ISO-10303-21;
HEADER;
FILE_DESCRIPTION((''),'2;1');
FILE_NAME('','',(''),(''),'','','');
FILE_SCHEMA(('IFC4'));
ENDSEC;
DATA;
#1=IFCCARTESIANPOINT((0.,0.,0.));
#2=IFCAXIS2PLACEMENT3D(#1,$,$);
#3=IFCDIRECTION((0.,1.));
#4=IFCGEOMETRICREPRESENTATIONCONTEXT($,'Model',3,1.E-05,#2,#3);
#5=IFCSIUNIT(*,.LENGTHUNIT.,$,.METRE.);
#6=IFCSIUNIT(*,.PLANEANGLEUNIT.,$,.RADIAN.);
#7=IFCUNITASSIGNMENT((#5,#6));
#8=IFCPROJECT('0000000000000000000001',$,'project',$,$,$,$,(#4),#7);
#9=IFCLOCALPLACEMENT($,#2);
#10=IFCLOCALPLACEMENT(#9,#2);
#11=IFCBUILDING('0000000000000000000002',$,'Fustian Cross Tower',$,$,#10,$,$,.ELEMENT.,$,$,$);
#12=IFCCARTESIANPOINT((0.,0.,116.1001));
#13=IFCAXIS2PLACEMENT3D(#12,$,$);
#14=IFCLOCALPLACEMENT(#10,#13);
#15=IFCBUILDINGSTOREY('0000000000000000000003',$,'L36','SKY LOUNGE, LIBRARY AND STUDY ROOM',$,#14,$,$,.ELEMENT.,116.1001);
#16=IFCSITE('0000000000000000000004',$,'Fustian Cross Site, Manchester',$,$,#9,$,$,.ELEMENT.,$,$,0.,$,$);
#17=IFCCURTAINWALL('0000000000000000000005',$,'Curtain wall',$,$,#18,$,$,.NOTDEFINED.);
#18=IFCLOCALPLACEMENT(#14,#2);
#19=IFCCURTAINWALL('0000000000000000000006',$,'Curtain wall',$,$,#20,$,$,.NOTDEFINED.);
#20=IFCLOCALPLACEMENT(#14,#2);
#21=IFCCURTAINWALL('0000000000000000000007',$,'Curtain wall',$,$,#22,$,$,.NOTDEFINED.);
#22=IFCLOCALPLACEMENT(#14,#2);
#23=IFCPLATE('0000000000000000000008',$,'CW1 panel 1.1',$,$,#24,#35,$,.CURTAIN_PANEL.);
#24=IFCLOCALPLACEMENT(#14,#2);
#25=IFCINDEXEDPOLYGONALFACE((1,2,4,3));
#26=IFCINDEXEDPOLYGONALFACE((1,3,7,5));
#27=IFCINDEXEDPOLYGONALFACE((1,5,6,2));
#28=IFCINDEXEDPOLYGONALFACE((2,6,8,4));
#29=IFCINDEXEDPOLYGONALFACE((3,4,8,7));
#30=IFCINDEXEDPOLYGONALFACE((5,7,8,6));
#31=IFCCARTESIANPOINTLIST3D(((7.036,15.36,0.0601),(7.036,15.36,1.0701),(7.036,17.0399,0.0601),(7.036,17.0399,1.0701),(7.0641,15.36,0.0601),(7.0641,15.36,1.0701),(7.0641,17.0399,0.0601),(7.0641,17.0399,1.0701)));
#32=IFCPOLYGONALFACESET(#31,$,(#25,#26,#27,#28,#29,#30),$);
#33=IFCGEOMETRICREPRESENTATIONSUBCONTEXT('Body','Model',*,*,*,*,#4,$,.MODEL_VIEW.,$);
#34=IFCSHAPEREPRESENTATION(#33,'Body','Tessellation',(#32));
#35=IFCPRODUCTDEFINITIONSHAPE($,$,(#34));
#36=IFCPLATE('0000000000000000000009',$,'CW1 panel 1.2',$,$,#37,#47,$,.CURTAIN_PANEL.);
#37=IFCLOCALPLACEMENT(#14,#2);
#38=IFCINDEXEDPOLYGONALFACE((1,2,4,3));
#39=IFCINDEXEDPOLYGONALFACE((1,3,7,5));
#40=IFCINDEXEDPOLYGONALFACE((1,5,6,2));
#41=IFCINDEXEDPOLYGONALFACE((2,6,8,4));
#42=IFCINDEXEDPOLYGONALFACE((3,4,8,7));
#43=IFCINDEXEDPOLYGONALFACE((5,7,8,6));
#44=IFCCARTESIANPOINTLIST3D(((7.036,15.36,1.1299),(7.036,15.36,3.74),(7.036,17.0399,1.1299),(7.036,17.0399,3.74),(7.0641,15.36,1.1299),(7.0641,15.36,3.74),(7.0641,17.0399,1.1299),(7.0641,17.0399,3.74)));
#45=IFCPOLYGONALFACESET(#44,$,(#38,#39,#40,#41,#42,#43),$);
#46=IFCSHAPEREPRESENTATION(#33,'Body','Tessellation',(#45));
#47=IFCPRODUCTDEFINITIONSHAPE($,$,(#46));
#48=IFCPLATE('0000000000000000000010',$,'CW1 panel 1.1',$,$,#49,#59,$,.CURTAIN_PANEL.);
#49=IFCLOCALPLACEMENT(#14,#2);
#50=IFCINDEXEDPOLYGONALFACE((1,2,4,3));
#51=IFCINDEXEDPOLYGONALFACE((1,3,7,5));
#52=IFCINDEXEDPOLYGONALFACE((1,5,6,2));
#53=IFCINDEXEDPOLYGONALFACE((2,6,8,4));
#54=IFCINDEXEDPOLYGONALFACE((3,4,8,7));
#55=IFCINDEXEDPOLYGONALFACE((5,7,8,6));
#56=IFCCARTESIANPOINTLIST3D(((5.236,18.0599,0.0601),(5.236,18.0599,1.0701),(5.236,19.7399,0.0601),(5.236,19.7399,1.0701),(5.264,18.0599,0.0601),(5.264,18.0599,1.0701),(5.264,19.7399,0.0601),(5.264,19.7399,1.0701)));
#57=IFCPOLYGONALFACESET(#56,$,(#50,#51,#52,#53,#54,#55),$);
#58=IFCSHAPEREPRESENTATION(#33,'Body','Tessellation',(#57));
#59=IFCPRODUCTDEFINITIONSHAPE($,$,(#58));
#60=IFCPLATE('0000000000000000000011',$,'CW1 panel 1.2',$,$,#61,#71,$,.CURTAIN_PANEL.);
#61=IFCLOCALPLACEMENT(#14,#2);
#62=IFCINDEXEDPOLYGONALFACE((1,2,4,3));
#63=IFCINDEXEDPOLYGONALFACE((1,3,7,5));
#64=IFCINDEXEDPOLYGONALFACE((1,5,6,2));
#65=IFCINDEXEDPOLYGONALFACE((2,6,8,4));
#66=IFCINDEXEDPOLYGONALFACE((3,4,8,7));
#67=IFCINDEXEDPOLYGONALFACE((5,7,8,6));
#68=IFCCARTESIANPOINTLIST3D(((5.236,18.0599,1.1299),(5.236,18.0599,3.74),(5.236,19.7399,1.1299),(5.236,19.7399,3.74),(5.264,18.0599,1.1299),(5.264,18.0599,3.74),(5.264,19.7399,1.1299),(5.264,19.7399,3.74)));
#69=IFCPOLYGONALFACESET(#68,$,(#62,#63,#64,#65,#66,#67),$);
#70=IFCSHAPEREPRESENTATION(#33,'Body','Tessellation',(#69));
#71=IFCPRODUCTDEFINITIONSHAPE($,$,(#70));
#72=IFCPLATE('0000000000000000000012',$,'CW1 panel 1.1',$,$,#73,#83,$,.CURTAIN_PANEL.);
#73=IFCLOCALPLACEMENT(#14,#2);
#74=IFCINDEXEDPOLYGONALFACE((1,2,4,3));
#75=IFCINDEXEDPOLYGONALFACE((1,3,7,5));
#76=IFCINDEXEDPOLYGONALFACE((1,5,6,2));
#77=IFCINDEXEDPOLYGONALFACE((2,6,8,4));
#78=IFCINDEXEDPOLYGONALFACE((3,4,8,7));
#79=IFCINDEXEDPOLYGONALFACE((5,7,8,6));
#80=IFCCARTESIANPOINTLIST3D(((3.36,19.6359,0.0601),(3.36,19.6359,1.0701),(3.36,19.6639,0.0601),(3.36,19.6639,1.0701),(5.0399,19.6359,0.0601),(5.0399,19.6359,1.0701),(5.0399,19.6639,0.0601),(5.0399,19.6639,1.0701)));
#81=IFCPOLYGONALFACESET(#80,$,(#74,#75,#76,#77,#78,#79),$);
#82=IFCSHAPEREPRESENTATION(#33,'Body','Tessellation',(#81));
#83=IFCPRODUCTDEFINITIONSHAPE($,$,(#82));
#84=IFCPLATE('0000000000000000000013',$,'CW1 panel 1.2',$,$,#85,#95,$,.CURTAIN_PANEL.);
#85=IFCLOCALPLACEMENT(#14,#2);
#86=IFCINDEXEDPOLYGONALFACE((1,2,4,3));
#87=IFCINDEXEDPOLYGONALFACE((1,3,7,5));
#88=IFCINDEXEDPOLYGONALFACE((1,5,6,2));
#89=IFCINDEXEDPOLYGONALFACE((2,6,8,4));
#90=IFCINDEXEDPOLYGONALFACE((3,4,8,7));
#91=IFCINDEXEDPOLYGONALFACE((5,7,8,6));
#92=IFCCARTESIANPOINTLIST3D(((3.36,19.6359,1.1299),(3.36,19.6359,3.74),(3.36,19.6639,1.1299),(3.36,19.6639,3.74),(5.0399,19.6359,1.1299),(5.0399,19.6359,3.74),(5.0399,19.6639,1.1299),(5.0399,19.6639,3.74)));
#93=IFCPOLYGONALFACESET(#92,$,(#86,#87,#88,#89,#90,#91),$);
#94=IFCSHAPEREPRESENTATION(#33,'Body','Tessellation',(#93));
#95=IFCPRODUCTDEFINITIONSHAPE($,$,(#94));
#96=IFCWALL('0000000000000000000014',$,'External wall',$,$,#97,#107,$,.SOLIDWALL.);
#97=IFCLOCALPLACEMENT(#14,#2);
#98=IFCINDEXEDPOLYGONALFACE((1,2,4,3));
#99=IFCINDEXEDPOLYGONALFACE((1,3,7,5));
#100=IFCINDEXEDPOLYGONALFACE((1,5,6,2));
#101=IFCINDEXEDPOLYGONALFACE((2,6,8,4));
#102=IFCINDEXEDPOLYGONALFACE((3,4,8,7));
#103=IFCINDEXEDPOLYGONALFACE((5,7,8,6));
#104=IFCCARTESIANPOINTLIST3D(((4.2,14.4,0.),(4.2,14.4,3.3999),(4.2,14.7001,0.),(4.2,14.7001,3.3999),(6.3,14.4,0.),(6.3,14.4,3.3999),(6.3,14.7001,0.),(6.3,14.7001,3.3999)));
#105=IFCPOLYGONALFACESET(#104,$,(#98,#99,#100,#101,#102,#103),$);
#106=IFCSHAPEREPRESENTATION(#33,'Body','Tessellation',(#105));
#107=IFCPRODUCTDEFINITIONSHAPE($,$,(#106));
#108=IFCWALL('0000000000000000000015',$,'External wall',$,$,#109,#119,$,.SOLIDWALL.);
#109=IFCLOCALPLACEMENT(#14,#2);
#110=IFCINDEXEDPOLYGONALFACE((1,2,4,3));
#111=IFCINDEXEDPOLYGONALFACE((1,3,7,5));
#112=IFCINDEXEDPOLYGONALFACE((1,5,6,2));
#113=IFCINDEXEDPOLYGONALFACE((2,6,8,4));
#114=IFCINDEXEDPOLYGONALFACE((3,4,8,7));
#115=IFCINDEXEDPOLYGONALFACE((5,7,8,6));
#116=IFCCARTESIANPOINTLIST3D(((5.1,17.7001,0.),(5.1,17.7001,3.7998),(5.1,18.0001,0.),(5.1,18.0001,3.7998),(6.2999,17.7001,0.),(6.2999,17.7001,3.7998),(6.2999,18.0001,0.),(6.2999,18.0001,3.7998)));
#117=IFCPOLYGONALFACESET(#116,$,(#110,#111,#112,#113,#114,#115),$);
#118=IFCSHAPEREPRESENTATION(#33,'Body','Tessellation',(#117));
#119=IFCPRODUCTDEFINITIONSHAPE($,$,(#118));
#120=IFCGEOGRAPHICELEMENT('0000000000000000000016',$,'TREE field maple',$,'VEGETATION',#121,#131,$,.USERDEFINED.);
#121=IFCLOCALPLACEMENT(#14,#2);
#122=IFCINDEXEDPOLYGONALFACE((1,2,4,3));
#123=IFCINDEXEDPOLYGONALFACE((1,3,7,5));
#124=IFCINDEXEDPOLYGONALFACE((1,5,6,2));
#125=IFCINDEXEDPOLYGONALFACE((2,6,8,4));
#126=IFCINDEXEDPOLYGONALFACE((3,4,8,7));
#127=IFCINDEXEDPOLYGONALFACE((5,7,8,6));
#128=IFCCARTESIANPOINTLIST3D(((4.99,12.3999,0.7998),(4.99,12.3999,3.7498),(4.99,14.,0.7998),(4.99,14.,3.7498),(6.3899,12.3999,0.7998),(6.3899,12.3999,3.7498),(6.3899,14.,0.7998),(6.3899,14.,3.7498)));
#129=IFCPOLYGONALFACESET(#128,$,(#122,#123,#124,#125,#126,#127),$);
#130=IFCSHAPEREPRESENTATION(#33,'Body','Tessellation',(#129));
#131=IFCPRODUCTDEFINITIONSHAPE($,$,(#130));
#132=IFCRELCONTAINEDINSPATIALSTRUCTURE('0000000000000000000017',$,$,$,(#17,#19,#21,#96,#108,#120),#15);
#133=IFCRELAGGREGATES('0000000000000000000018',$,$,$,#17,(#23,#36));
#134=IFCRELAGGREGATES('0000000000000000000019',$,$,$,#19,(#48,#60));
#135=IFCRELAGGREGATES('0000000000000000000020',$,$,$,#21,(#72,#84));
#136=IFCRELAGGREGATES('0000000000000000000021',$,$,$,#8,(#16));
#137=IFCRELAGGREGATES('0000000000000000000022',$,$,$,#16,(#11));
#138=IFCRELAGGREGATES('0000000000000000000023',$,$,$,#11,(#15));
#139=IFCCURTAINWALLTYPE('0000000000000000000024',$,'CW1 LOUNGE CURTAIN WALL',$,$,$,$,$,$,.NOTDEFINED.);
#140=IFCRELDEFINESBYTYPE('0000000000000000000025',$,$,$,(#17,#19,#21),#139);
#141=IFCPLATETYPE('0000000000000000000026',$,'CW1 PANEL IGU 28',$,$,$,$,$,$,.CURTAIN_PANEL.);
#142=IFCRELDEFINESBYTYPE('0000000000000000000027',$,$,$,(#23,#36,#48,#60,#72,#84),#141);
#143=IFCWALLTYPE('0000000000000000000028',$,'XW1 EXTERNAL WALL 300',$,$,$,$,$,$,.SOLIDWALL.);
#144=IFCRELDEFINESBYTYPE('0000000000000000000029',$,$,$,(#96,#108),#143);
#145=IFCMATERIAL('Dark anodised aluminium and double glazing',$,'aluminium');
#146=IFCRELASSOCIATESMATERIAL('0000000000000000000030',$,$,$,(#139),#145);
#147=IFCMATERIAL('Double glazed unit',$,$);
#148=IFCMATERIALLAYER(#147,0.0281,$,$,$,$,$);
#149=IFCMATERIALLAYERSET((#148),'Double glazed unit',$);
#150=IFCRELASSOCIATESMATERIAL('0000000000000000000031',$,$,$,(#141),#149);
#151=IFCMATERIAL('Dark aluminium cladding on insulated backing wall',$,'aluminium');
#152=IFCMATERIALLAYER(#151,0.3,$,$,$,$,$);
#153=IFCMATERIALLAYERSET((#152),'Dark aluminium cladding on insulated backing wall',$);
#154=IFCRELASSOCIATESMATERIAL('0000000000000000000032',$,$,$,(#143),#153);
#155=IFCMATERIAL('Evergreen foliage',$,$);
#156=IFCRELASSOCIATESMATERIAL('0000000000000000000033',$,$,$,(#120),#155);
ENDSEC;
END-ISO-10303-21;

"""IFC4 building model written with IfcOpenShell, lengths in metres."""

from ifc_helpers import new_model, si_unit, direction, frame, frame_2d, origin, origin_2d, place, context, subcontext, project, spatial, rectangle, extrude, material, layer, layer_set, type_object, element, aggregate, save


model = new_model("IFC4")

# Units and contexts
model_context = context("Model", 3, precision=1e-05, world=origin(), true_north=direction((0.0, 1.0)))
body_context = subcontext(model_context, "Body", "Model", "MODEL_VIEW")
ifc_project = project(units=[si_unit("LENGTHUNIT", "METRE"), si_unit("PLANEANGLEUNIT", "RADIAN")], contexts=[model_context])

# Site, building, storey
site_placement = place(None, origin())
site = spatial("IfcSite", under=ifc_project, at=site_placement, Name="Fustian Cross Site, Manchester", CompositionType="ELEMENT", RefElevation=0.0)
building_placement = place(site_placement, origin())
building = spatial("IfcBuilding", under=site, at=building_placement, Name="Fustian Cross Tower", CompositionType="ELEMENT")
storey_placement = place(building_placement, frame((0.0, 0.0, 116.1001)))
storey = spatial("IfcBuildingStorey", under=building, at=storey_placement, Name="L36", Description="SKY LOUNGE, LIBRARY AND STUDY ROOM", CompositionType="ELEMENT", Elevation=116.1001)

# Curtain wall
ifc_material_1 = material(Name="Dark anodised aluminium and double glazing", Category="aluminium")
curtain_wall_type = type_object("IfcCurtainWallType", Name="CW1 LOUNGE CURTAIN WALL", PredefinedType="NOTDEFINED", material=ifc_material_1)
curtain_wall_1_placement = place(storey_placement, origin())
curtain_wall_1 = element("IfcCurtainWall", 1, at=curtain_wall_1_placement, inside=storey, type_object=curtain_wall_type, Name="Curtain wall", PredefinedType="NOTDEFINED")

# Curtain walls
curtain_wall_2_placement = place(storey_placement, origin())
curtain_wall_2 = element("IfcCurtainWall", 2, at=curtain_wall_2_placement, inside=storey, type_object=curtain_wall_type, Name="Curtain wall", PredefinedType="NOTDEFINED")
curtain_wall_3_placement = place(storey_placement, origin())
curtain_wall_3 = element("IfcCurtainWall", 3, at=curtain_wall_3_placement, inside=storey, type_object=curtain_wall_type, Name="Curtain wall", PredefinedType="NOTDEFINED")

# Plates
ifc_material_2 = material(Name="Double glazed unit")
ifc_layer_1 = layer(ifc_material_2, 0.0281)
ifc_layer_set_1 = layer_set([ifc_layer_1], Name="Double glazed unit")
plate_type = type_object("IfcPlateType", Name="CW1 PANEL IGU 28", PredefinedType="CURTAIN_PANEL", material=ifc_layer_set_1)
plate_1_placement = place(storey_placement, frame((7.05, 16.2, 0.0601), z_axis=(0.0, 0.0, 1.0), x_axis=(0.0, 1.0, 0.0)))
plate_1 = element("IfcPlate", 4, at=plate_1_placement, type_object=plate_type, Name="CW1 panel 1.1", PredefinedType="CURTAIN_PANEL", context=body_context, shape_type="SweptSolid", body=[
    extrude(rectangle(XDim=1.6799, YDim=0.0281, at=origin_2d()), origin(), (0.0, 0.0, 1.0), 1.01),
])
plate_2_placement = place(storey_placement, frame((7.05, 16.2, 1.1299), z_axis=(0.0, 0.0, 1.0), x_axis=(0.0, 1.0, 0.0)))
plate_2 = element("IfcPlate", 5, at=plate_2_placement, type_object=plate_type, Name="CW1 panel 1.2", PredefinedType="CURTAIN_PANEL", context=body_context, shape_type="SweptSolid", body=[
    extrude(rectangle(XDim=1.6799, YDim=0.0281, at=origin_2d()), origin(), (0.0, 0.0, 1.0), 2.6101),
])
aggregate(curtain_wall_1, [plate_1, plate_2])
plate_3_placement = place(storey_placement, frame((5.25, 18.8999, 0.0601), z_axis=(0.0, 0.0, 1.0), x_axis=(0.0, 1.0, 0.0)))
plate_3 = element("IfcPlate", 6, at=plate_3_placement, type_object=plate_type, Name="CW1 panel 1.1", PredefinedType="CURTAIN_PANEL", context=body_context, shape_type="SweptSolid", body=[
    extrude(rectangle(XDim=1.6799, YDim=0.0281, at=origin_2d()), origin(), (0.0, 0.0, 1.0), 1.01),
])
plate_4_placement = place(storey_placement, frame((5.25, 18.8999, 1.1299), z_axis=(0.0, 0.0, 1.0), x_axis=(0.0, 1.0, 0.0)))
plate_4 = element("IfcPlate", 7, at=plate_4_placement, type_object=plate_type, Name="CW1 panel 1.2", PredefinedType="CURTAIN_PANEL", context=body_context, shape_type="SweptSolid", body=[
    extrude(rectangle(XDim=1.6799, YDim=0.0281, at=origin_2d()), origin(), (0.0, 0.0, 1.0), 2.6101),
])
aggregate(curtain_wall_2, [plate_3, plate_4])
plate_5_placement = place(storey_placement, frame((4.2, 19.6499, 0.0601), z_axis=(0.0, 0.0, 1.0), x_axis=(-1.0, 0.0, 0.0)))
plate_5 = element("IfcPlate", 8, at=plate_5_placement, type_object=plate_type, Name="CW1 panel 1.1", PredefinedType="CURTAIN_PANEL", context=body_context, shape_type="SweptSolid", body=[
    extrude(rectangle(XDim=1.6799, YDim=0.0281, at=origin_2d()), origin(), (0.0, 0.0, 1.0), 1.01),
])
plate_6_placement = place(storey_placement, frame((4.2, 19.6499, 1.1299), z_axis=(0.0, 0.0, 1.0), x_axis=(-1.0, 0.0, 0.0)))
plate_6 = element("IfcPlate", 9, at=plate_6_placement, type_object=plate_type, Name="CW1 panel 1.2", PredefinedType="CURTAIN_PANEL", context=body_context, shape_type="SweptSolid", body=[
    extrude(rectangle(XDim=1.6799, YDim=0.0281, at=origin_2d()), origin(), (0.0, 0.0, 1.0), 2.6101),
])
aggregate(curtain_wall_3, [plate_5, plate_6])

# Walls
ifc_material_3 = material(Name="Dark aluminium cladding on insulated backing wall", Category="aluminium")
ifc_layer_2 = layer(ifc_material_3, 0.3)
ifc_layer_set_2 = layer_set([ifc_layer_2], Name="Dark aluminium cladding on insulated backing wall")
wall_type = type_object("IfcWallType", Name="XW1 EXTERNAL WALL 300", PredefinedType="SOLIDWALL", material=ifc_layer_set_2)
wall_1_placement = place(storey_placement, frame((4.2, 14.55, 0.0), z_axis=(0.0, 0.0, 1.0), x_axis=(1.0, 0.0, 0.0)))
element("IfcWall", 10, at=wall_1_placement, inside=storey, type_object=wall_type, Name="External wall", PredefinedType="SOLIDWALL", context=body_context, shape_type="SweptSolid", body=[
    extrude(rectangle(XDim=2.1001, YDim=0.3, at=frame_2d((1.05, 0.0))), origin(), (0.0, 0.0, 1.0), 3.3999),
])
wall_2_placement = place(storey_placement, frame((6.3, 17.8501, 0.0), z_axis=(0.0, 0.0, 1.0), x_axis=(-1.0, 0.0, 0.0)))
element("IfcWall", 11, at=wall_2_placement, inside=storey, type_object=wall_type, Name="External wall", PredefinedType="SOLIDWALL", context=body_context, shape_type="SweptSolid", body=[
    extrude(rectangle(XDim=1.2, YDim=0.3, at=frame_2d((0.6001, 0.0))), origin(), (0.0, 0.0, 1.0), 3.7998),
])

# Geographic element
ifc_material_4 = material(Name="Evergreen foliage")
geographic_element_placement = place(storey_placement, frame((5.6899, 13.2, 0.7998), z_axis=(0.0, 0.0, 1.0), x_axis=(1.0, 0.0, 0.0)))
element("IfcGeographicElement", 12, at=geographic_element_placement, inside=storey, material=ifc_material_4, Name="TREE field maple", ObjectType="VEGETATION", PredefinedType="USERDEFINED", context=body_context, shape_type="SweptSolid", body=[
    extrude(rectangle(XDim=1.3999, YDim=1.6001, at=origin_2d()), origin(), (0.0, 0.0, 1.0), 2.95),
])

save(model, "model.ifc")
